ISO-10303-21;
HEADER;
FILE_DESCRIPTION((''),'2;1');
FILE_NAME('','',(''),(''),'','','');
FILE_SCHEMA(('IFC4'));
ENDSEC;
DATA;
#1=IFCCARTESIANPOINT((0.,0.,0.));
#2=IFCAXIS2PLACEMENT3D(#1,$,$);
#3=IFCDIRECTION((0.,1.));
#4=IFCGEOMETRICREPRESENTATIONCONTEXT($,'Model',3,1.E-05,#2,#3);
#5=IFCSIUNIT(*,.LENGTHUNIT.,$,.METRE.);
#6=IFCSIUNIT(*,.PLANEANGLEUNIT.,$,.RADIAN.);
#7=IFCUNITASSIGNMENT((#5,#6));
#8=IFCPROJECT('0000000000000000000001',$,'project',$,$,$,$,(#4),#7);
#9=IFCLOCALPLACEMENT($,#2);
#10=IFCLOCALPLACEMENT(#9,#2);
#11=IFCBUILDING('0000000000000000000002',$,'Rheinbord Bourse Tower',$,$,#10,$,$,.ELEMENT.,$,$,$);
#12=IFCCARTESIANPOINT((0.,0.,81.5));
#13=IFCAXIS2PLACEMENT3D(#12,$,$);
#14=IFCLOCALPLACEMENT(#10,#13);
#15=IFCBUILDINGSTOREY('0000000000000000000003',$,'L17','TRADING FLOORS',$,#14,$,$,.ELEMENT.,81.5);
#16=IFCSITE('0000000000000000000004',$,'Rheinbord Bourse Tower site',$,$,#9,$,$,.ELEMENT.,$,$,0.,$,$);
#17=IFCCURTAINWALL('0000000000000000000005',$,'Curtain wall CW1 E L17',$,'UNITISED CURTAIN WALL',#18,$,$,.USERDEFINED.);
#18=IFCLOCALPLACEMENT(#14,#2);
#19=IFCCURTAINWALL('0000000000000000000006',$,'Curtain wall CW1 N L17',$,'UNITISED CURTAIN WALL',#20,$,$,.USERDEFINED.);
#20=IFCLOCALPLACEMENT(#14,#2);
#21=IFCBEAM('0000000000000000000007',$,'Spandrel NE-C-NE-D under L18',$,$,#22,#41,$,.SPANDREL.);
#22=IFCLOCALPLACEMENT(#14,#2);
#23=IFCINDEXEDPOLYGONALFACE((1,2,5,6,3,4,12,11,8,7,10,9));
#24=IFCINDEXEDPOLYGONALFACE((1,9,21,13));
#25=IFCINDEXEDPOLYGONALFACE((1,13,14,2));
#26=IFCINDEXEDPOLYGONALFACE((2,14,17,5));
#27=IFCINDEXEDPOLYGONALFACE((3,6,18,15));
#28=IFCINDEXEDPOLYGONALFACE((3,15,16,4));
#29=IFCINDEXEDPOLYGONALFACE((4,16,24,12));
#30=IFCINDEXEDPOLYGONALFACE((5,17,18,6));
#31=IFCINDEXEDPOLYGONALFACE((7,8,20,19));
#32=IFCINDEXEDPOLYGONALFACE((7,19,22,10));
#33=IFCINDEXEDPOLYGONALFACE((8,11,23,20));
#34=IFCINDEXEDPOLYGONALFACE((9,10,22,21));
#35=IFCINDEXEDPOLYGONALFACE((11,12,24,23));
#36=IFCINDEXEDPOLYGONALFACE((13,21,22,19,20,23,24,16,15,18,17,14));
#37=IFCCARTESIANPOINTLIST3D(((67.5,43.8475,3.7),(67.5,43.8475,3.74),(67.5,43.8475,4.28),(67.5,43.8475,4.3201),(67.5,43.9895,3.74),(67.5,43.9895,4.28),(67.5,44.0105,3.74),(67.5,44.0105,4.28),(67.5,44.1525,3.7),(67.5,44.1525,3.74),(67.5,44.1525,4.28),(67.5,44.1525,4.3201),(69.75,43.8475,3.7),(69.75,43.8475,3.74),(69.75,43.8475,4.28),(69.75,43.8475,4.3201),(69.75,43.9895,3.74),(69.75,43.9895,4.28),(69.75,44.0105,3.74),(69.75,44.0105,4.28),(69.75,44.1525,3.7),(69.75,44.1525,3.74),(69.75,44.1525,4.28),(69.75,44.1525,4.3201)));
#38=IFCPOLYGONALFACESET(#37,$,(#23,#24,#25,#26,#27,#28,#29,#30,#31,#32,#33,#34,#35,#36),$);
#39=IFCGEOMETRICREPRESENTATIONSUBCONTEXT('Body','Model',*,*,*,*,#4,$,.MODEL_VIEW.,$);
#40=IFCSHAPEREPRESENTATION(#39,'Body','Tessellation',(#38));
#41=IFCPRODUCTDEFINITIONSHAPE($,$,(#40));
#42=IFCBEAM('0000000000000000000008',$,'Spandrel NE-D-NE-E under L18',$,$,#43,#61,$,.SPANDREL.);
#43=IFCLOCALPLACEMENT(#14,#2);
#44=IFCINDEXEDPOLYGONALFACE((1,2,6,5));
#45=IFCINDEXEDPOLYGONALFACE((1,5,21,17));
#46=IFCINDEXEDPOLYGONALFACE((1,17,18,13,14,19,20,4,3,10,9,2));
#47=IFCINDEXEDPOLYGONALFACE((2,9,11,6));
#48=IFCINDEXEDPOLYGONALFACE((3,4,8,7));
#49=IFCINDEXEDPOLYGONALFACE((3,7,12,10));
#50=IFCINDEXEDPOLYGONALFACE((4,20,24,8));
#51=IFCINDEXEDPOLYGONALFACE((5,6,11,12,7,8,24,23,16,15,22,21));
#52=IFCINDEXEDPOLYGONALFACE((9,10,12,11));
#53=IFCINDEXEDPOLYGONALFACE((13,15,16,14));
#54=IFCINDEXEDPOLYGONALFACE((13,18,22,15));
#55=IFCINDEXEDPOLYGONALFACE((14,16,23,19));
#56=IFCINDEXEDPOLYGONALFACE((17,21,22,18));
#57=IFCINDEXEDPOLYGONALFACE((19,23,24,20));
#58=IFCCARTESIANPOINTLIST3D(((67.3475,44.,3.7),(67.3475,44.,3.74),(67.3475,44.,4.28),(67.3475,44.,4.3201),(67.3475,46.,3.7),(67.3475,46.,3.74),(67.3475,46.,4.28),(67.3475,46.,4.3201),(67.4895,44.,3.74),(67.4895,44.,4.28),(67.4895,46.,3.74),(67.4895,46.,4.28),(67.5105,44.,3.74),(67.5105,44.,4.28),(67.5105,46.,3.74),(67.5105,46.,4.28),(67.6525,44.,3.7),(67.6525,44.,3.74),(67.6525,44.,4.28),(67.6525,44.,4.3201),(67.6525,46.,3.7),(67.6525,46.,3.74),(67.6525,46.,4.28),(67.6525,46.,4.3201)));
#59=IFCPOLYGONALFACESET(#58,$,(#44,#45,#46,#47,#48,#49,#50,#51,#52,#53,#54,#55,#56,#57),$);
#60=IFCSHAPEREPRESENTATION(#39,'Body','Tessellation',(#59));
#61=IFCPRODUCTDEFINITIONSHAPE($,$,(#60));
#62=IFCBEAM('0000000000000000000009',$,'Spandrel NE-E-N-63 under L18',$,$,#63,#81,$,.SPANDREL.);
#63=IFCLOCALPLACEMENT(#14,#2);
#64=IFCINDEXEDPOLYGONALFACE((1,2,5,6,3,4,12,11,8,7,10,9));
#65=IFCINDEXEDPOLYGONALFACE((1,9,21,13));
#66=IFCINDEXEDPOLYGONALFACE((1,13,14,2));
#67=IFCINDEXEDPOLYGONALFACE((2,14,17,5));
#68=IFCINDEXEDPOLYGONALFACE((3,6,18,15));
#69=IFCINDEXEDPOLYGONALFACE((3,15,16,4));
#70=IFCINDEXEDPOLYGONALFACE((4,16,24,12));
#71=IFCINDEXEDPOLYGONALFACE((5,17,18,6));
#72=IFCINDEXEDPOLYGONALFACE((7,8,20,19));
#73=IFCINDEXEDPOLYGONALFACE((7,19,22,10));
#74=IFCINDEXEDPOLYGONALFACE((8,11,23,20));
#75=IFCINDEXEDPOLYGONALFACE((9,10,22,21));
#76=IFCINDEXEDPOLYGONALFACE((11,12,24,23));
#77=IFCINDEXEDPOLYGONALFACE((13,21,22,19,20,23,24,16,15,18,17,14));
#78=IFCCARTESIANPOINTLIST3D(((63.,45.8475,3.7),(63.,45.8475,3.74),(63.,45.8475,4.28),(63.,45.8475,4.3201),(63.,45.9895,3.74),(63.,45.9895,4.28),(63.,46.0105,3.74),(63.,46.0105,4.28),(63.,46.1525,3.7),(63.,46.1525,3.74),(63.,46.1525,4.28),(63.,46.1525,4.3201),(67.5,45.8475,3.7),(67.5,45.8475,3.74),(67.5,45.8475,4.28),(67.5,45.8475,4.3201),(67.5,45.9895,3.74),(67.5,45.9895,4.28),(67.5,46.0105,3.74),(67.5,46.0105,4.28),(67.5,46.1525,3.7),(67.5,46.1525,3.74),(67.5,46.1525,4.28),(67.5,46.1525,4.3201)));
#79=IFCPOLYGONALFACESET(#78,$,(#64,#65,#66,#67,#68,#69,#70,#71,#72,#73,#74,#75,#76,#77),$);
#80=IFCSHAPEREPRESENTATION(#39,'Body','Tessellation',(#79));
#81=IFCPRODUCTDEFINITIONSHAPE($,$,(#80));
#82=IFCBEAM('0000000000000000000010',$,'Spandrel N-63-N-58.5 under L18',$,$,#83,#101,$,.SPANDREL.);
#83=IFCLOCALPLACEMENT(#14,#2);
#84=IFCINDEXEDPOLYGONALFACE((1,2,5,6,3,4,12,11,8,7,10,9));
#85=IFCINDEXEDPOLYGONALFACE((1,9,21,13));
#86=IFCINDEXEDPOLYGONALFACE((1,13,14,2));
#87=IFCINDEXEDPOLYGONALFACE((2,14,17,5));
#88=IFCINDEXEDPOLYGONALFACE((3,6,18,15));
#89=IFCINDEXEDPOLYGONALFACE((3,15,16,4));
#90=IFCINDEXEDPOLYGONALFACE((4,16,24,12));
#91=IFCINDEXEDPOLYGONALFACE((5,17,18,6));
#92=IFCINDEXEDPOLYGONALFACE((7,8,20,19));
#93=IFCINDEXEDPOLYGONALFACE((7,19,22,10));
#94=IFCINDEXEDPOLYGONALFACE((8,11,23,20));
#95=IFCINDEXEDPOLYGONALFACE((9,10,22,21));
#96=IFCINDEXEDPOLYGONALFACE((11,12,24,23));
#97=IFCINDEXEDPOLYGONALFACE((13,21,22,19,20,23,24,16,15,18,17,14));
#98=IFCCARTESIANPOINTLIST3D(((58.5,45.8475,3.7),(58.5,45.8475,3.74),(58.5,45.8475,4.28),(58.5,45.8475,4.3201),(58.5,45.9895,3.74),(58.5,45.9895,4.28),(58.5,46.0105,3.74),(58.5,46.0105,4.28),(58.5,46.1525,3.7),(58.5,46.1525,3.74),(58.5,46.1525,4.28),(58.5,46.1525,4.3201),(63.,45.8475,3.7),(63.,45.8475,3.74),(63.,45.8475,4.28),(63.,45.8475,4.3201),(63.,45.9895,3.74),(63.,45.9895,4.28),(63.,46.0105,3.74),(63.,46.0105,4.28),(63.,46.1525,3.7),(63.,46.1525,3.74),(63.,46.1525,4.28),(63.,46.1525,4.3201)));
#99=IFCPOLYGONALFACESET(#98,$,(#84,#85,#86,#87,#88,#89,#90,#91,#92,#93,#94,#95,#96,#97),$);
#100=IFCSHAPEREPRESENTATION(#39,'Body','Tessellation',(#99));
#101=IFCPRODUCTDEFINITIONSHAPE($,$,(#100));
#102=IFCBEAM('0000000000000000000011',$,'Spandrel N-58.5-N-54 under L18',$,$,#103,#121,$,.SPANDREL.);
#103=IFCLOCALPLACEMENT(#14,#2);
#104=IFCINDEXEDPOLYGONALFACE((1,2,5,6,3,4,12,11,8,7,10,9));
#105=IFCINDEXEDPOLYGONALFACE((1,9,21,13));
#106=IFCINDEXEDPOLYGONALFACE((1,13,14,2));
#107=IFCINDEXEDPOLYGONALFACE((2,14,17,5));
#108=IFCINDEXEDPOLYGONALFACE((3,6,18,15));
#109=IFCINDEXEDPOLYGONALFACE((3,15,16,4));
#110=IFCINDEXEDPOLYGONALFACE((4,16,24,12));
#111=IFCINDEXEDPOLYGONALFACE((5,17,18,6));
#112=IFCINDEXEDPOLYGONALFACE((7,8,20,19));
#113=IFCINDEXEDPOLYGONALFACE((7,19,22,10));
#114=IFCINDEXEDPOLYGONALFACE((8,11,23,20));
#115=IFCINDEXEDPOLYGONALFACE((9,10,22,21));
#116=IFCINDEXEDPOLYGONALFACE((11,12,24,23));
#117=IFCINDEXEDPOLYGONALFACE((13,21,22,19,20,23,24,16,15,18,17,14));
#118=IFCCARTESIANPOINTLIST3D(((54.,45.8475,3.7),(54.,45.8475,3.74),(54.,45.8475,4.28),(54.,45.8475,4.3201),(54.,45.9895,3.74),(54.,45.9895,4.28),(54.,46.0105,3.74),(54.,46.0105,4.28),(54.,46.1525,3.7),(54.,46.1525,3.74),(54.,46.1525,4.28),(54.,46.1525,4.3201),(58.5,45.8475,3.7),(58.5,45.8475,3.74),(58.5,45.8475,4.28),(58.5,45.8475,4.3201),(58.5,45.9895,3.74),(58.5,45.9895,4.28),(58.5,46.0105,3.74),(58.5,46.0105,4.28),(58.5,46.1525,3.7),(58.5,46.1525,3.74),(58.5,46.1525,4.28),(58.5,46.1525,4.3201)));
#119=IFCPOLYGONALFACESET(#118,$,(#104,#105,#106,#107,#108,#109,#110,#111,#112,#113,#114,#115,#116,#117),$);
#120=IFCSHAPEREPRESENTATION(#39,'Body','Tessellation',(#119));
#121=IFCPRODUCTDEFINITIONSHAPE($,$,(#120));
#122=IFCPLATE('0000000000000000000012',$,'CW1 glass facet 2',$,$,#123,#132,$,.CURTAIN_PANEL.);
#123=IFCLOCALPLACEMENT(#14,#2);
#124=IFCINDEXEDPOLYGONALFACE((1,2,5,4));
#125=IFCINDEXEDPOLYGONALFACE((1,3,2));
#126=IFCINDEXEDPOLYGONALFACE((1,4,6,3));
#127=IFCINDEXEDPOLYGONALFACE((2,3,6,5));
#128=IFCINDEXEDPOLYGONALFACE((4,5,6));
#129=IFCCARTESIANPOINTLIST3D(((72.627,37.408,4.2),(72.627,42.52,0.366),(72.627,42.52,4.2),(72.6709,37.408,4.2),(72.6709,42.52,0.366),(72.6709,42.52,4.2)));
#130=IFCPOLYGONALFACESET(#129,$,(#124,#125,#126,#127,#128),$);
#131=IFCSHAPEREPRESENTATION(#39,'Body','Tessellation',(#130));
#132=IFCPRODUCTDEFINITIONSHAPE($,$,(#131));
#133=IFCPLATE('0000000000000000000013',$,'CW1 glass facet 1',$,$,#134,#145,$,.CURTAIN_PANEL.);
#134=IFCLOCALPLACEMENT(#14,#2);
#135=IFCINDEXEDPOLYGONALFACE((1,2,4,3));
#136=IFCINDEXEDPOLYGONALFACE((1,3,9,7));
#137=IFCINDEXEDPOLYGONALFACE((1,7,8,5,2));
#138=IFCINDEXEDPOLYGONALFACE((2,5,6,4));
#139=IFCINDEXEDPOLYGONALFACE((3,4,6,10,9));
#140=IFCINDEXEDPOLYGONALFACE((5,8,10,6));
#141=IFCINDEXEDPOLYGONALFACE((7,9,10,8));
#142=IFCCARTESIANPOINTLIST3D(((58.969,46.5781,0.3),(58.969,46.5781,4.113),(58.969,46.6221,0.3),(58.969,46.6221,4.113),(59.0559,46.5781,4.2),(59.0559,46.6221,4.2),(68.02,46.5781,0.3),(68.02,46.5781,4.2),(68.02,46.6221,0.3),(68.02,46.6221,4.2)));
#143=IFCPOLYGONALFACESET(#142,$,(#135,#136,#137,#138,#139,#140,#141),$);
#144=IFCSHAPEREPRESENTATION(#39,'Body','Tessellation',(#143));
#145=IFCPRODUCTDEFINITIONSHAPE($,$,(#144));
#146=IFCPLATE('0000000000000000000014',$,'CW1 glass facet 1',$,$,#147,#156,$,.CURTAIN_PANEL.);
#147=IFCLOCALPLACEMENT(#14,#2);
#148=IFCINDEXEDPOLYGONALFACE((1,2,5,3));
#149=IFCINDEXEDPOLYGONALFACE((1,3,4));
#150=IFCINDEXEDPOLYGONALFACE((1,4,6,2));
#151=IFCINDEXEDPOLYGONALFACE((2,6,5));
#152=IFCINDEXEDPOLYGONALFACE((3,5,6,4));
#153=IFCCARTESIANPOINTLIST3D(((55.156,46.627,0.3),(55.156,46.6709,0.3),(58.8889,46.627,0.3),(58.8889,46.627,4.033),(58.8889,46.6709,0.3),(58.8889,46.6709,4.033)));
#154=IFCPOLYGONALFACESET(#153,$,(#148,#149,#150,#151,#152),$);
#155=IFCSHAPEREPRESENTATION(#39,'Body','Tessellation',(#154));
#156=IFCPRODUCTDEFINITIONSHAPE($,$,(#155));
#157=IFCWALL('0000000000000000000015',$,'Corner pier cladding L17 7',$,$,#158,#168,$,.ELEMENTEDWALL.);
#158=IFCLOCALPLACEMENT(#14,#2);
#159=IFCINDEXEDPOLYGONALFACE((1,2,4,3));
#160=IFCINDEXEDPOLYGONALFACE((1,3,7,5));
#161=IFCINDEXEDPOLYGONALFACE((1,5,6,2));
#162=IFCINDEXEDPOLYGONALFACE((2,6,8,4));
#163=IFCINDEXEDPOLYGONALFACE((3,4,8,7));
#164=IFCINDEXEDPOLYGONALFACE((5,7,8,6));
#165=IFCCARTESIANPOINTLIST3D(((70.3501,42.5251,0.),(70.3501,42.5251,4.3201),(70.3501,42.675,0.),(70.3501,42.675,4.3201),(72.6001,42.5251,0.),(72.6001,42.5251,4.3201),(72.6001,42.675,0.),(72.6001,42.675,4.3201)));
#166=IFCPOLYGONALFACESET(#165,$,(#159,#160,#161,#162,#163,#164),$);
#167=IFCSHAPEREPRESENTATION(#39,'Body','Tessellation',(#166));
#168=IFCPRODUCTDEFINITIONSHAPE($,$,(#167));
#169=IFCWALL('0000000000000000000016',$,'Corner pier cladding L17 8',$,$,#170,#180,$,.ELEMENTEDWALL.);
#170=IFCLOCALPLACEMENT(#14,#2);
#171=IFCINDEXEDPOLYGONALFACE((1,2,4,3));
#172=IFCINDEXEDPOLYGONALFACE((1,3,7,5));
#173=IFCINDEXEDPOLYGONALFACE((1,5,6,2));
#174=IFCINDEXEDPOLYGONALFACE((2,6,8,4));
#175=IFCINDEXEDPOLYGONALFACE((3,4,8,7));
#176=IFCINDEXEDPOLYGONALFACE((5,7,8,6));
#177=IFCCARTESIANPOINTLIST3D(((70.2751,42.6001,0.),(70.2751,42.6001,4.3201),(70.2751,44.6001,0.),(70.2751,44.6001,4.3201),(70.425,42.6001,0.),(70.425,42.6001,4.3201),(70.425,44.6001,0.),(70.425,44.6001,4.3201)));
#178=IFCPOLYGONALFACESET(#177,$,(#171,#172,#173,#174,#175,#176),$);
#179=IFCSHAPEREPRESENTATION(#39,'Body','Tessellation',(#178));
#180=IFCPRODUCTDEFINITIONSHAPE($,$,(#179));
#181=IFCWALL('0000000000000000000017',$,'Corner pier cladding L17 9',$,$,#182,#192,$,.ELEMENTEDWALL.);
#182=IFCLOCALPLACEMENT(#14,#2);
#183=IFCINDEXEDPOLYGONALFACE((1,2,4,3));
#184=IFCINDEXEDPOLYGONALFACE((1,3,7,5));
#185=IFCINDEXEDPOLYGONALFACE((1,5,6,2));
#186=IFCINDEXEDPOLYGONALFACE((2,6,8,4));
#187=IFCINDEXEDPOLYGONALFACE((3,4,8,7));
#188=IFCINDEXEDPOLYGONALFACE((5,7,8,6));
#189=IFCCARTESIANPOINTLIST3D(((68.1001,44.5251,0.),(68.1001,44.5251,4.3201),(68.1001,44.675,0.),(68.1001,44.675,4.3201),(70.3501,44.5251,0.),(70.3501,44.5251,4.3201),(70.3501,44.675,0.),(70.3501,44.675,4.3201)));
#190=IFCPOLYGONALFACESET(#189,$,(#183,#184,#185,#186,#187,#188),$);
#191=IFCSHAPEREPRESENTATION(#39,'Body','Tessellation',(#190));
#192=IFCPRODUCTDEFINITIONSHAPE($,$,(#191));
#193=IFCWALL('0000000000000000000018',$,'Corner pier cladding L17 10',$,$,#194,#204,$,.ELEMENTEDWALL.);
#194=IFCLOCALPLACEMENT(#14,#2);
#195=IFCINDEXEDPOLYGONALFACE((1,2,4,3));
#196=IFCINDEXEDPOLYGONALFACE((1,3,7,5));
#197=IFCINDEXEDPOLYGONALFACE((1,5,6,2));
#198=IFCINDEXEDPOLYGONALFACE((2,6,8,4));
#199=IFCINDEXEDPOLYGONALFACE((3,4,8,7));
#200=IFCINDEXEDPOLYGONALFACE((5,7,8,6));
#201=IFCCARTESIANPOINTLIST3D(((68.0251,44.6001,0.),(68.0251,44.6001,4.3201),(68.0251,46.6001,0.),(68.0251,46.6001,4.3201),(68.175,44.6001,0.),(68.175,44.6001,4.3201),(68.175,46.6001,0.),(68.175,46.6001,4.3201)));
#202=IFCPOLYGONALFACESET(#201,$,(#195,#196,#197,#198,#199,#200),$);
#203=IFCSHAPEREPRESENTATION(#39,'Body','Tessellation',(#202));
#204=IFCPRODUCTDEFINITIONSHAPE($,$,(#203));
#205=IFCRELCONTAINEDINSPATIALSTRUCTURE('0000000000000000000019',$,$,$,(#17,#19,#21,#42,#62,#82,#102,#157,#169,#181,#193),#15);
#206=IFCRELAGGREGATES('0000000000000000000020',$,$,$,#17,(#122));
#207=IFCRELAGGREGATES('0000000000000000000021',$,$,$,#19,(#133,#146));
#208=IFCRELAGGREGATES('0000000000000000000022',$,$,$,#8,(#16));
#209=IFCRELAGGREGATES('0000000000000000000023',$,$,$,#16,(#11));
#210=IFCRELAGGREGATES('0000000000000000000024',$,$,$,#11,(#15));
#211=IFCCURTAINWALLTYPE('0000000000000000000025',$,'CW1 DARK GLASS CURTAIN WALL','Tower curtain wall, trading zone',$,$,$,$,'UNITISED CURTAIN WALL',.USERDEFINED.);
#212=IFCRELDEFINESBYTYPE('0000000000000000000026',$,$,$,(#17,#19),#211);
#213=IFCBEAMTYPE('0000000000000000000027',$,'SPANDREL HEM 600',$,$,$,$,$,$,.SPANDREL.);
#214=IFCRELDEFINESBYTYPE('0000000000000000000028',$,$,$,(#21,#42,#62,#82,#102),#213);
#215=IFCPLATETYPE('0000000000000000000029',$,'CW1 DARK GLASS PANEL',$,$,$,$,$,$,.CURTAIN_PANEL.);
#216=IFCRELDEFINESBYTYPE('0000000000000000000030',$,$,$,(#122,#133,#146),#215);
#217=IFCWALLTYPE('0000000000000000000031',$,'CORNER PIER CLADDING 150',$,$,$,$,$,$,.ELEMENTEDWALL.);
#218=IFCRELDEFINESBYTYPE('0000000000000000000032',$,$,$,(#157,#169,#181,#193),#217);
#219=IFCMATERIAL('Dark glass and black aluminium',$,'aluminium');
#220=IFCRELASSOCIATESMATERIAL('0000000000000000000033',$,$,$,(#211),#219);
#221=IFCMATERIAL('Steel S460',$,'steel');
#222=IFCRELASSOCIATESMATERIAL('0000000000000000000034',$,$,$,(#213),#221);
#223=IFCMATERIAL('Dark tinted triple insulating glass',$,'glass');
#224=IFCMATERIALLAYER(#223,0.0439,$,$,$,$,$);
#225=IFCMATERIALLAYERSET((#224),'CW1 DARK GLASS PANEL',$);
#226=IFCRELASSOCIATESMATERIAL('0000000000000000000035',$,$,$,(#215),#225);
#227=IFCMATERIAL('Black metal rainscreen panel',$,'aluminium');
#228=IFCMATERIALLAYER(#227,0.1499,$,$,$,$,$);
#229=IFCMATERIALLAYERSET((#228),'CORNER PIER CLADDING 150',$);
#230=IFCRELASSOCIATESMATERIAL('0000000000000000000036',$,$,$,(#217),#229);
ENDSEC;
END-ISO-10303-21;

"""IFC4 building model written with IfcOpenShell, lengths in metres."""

from ifc_helpers import new_model, si_unit, direction, frame, frame_2d, origin, origin_2d, place, context, subcontext, project, spatial, polyline, rectangle, i_section, outline, extrude, material, layer, layer_set, material_profile, profile_set, type_object, element, aggregate, save


model = new_model("IFC4")

# Units and contexts
model_context = context("Model", 3, precision=1e-05, world=origin(), true_north=direction((0.0, 1.0)))
body_context = subcontext(model_context, "Body", "Model", "MODEL_VIEW")
ifc_project = project(units=[si_unit("LENGTHUNIT", "METRE"), si_unit("PLANEANGLEUNIT", "RADIAN")], contexts=[model_context])

# Site, building, storey
site_placement = place(None, origin())
site = spatial("IfcSite", under=ifc_project, at=site_placement, Name="Rheinbord Bourse Tower site", CompositionType="ELEMENT", RefElevation=0.0)
building_placement = place(site_placement, origin())
building = spatial("IfcBuilding", under=site, at=building_placement, Name="Rheinbord Bourse Tower", CompositionType="ELEMENT")
storey_placement = place(building_placement, frame((0.0, 0.0, 81.5)))
storey = spatial("IfcBuildingStorey", under=building, at=storey_placement, Name="L17", Description="TRADING FLOORS", CompositionType="ELEMENT", Elevation=81.5)

# Curtain walls
ifc_material_1 = material(Name="Dark glass and black aluminium", Category="aluminium")
curtain_wall_type = type_object("IfcCurtainWallType", Name="CW1 DARK GLASS CURTAIN WALL", Description="Tower curtain wall, trading zone", ElementType="UNITISED CURTAIN WALL", PredefinedType="USERDEFINED", material=ifc_material_1)
curtain_wall_1_placement = place(storey_placement, origin())
curtain_wall_1 = element("IfcCurtainWall", 1, at=curtain_wall_1_placement, inside=storey, type_object=curtain_wall_type, Name="Curtain wall CW1 E L17", ObjectType="UNITISED CURTAIN WALL", PredefinedType="USERDEFINED")
curtain_wall_2_placement = place(storey_placement, origin())
curtain_wall_2 = element("IfcCurtainWall", 2, at=curtain_wall_2_placement, inside=storey, type_object=curtain_wall_type, Name="Curtain wall CW1 N L17", ObjectType="UNITISED CURTAIN WALL", PredefinedType="USERDEFINED")

# Beams
ifc_material_2 = material(Name="Steel S460", Category="steel")
ifc_material_profile_1 = material_profile(ifc_material_2, i_section(OverallWidth=0.3049, OverallDepth=0.6201, WebThickness=0.021, FlangeThickness=0.04, at=origin_2d()), Name="HEM 600")
ifc_profile_set_1 = profile_set([ifc_material_profile_1], Name="Steel S460")
beam_type_1 = type_object("IfcBeamType", Name="SPANDREL HEM 600", PredefinedType="SPANDREL", material=ifc_profile_set_1)
for number, where, z_axis, x_axis, name in (
    (3, (69.75, 44.0, 4.01), (-1.0, 0.0, 0.0), (0.0, -1.0, 0.0), "Spandrel NE-C-NE-D under L18"),
):
    element("IfcBeam", number, at=place(storey_placement, frame(where, z_axis=z_axis, x_axis=x_axis)), inside=storey, type_object=beam_type_1, Name=name, PredefinedType="SPANDREL", context=body_context, shape_type="SweptSolid", body=[
        extrude(i_section(OverallWidth=0.3049, OverallDepth=0.6201, WebThickness=0.021, FlangeThickness=0.04, at=origin_2d()), origin(), (0.0, 0.0, 1.0), 2.25),
    ])
beam_placement = place(storey_placement, frame((67.5, 44.0, 4.01), z_axis=(0.0, 1.0, 0.0), x_axis=(-1.0, 0.0, 0.0)))
element("IfcBeam", 4, at=beam_placement, inside=storey, type_object=beam_type_1, Name="Spandrel NE-D-NE-E under L18", PredefinedType="SPANDREL", context=body_context, shape_type="SweptSolid", body=[
    extrude(i_section(OverallWidth=0.3049, OverallDepth=0.6201, WebThickness=0.021, FlangeThickness=0.04, at=origin_2d()), origin(), (0.0, 0.0, 1.0), 2.0),
])
for number, where, z_axis, x_axis, name in (
    (5, (67.5, 46.0, 4.01), (-1.0, 0.0, 0.0), (0.0, -1.0, 0.0), "Spandrel NE-E-N-63 under L18"),
    (6, (63.0, 46.0, 4.01), (-1.0, 0.0, 0.0), (0.0, -1.0, 0.0), "Spandrel N-63-N-58.5 under L18"),
    (7, (58.5, 46.0, 4.01), (-1.0, 0.0, 0.0), (0.0, -1.0, 0.0), "Spandrel N-58.5-N-54 under L18"),
):
    element("IfcBeam", number, at=place(storey_placement, frame(where, z_axis=z_axis, x_axis=x_axis)), inside=storey, type_object=beam_type_1, Name=name, PredefinedType="SPANDREL", context=body_context, shape_type="SweptSolid", body=[
        extrude(i_section(OverallWidth=0.3049, OverallDepth=0.6201, WebThickness=0.021, FlangeThickness=0.04, at=origin_2d()), origin(), (0.0, 0.0, 1.0), 4.5),
    ])

# Plates
ifc_material_3 = material(Name="Dark tinted triple insulating glass", Category="glass")
ifc_layer_1 = layer(ifc_material_3, 0.0439)
ifc_layer_set_1 = layer_set([ifc_layer_1], Name="CW1 DARK GLASS PANEL")
plate_type = type_object("IfcPlateType", Name="CW1 DARK GLASS PANEL", PredefinedType="CURTAIN_PANEL", material=ifc_layer_set_1)
plate_1_placement = place(storey_placement, frame((72.6709, 42.52, 4.2), z_axis=(-1.0, 0.0, 0.0), x_axis=(0.0, 0.0, -1.0)))
plate_1 = element("IfcPlate", 8, at=plate_1_placement, type_object=plate_type, Name="CW1 glass facet 2", PredefinedType="CURTAIN_PANEL", context=body_context, shape_type="SweptSolid", body=[
    extrude(outline(polyline([(0.0, 0.0), (3.834, 0.0), (0.0, 5.1121), (0.0, 0.0)])), origin(), (0.0, 0.0, 1.0), 0.0439),
])
aggregate(curtain_wall_1, [plate_1])
plate_2_placement = place(storey_placement, frame((58.969, 46.6221, 0.3), z_axis=(0.0, -1.0, 0.0), x_axis=(1.0, 0.0, 0.0)))
plate_2 = element("IfcPlate", 9, at=plate_2_placement, type_object=plate_type, Name="CW1 glass facet 1", PredefinedType="CURTAIN_PANEL", context=body_context, shape_type="SweptSolid", body=[
    extrude(outline(polyline([(0.0, 0.0), (9.051, 0.0), (9.051, 3.8999), (0.0869, 3.8999), (0.0, 3.813), (0.0, 0.0)])), origin(), (0.0, 0.0, 1.0), 0.0439),
])
plate_3_placement = place(storey_placement, frame((58.8889, 46.6709, 0.3), z_axis=(0.0, -1.0, 0.0), x_axis=(0.0, 0.0, 1.0)))
plate_3 = element("IfcPlate", 10, at=plate_3_placement, type_object=plate_type, Name="CW1 glass facet 1", PredefinedType="CURTAIN_PANEL", context=body_context, shape_type="SweptSolid", body=[
    extrude(outline(polyline([(0.0, 0.0), (3.7329, 0.0), (0.0, 3.7329), (0.0, 0.0)])), origin(), (0.0, 0.0, 1.0), 0.0439),
])
aggregate(curtain_wall_2, [plate_2, plate_3])

# Walls
ifc_material_4 = material(Name="Black metal rainscreen panel", Category="aluminium")
ifc_layer_2 = layer(ifc_material_4, 0.1499)
ifc_layer_set_2 = layer_set([ifc_layer_2], Name="CORNER PIER CLADDING 150")
wall_type = type_object("IfcWallType", Name="CORNER PIER CLADDING 150", PredefinedType="ELEMENTEDWALL", material=ifc_layer_set_2)
wall_1_placement = place(storey_placement, frame((72.6001, 42.6001, 0.0), z_axis=(0.0, 0.0, 1.0), x_axis=(-1.0, 0.0, 0.0)))
element("IfcWall", 11, at=wall_1_placement, inside=storey, type_object=wall_type, Name="Corner pier cladding L17 7", PredefinedType="ELEMENTEDWALL", context=body_context, shape_type="SweptSolid", body=[
    extrude(rectangle(XDim=2.25, YDim=0.1499, at=frame_2d((1.125, 0.0))), origin(), (0.0, 0.0, 1.0), 4.3201),
])
wall_2_placement = place(storey_placement, frame((70.3501, 42.6001, 0.0), z_axis=(0.0, 0.0, 1.0), x_axis=(0.0, 1.0, 0.0)))
element("IfcWall", 12, at=wall_2_placement, inside=storey, type_object=wall_type, Name="Corner pier cladding L17 8", PredefinedType="ELEMENTEDWALL", context=body_context, shape_type="SweptSolid", body=[
    extrude(rectangle(XDim=2.0, YDim=0.1499, at=frame_2d((1.0, 0.0))), origin(), (0.0, 0.0, 1.0), 4.3201),
])
wall_3_placement = place(storey_placement, frame((70.3501, 44.6001, 0.0), z_axis=(0.0, 0.0, 1.0), x_axis=(-1.0, 0.0, 0.0)))
element("IfcWall", 13, at=wall_3_placement, inside=storey, type_object=wall_type, Name="Corner pier cladding L17 9", PredefinedType="ELEMENTEDWALL", context=body_context, shape_type="SweptSolid", body=[
    extrude(rectangle(XDim=2.25, YDim=0.1499, at=frame_2d((1.125, 0.0))), origin(), (0.0, 0.0, 1.0), 4.3201),
])
wall_4_placement = place(storey_placement, frame((68.1001, 44.6001, 0.0), z_axis=(0.0, 0.0, 1.0), x_axis=(0.0, 1.0, 0.0)))
element("IfcWall", 14, at=wall_4_placement, inside=storey, type_object=wall_type, Name="Corner pier cladding L17 10", PredefinedType="ELEMENTEDWALL", context=body_context, shape_type="SweptSolid", body=[
    extrude(rectangle(XDim=2.0, YDim=0.1499, at=frame_2d((1.0, 0.0))), origin(), (0.0, 0.0, 1.0), 4.3201),
])

save(model, "model.ifc")
